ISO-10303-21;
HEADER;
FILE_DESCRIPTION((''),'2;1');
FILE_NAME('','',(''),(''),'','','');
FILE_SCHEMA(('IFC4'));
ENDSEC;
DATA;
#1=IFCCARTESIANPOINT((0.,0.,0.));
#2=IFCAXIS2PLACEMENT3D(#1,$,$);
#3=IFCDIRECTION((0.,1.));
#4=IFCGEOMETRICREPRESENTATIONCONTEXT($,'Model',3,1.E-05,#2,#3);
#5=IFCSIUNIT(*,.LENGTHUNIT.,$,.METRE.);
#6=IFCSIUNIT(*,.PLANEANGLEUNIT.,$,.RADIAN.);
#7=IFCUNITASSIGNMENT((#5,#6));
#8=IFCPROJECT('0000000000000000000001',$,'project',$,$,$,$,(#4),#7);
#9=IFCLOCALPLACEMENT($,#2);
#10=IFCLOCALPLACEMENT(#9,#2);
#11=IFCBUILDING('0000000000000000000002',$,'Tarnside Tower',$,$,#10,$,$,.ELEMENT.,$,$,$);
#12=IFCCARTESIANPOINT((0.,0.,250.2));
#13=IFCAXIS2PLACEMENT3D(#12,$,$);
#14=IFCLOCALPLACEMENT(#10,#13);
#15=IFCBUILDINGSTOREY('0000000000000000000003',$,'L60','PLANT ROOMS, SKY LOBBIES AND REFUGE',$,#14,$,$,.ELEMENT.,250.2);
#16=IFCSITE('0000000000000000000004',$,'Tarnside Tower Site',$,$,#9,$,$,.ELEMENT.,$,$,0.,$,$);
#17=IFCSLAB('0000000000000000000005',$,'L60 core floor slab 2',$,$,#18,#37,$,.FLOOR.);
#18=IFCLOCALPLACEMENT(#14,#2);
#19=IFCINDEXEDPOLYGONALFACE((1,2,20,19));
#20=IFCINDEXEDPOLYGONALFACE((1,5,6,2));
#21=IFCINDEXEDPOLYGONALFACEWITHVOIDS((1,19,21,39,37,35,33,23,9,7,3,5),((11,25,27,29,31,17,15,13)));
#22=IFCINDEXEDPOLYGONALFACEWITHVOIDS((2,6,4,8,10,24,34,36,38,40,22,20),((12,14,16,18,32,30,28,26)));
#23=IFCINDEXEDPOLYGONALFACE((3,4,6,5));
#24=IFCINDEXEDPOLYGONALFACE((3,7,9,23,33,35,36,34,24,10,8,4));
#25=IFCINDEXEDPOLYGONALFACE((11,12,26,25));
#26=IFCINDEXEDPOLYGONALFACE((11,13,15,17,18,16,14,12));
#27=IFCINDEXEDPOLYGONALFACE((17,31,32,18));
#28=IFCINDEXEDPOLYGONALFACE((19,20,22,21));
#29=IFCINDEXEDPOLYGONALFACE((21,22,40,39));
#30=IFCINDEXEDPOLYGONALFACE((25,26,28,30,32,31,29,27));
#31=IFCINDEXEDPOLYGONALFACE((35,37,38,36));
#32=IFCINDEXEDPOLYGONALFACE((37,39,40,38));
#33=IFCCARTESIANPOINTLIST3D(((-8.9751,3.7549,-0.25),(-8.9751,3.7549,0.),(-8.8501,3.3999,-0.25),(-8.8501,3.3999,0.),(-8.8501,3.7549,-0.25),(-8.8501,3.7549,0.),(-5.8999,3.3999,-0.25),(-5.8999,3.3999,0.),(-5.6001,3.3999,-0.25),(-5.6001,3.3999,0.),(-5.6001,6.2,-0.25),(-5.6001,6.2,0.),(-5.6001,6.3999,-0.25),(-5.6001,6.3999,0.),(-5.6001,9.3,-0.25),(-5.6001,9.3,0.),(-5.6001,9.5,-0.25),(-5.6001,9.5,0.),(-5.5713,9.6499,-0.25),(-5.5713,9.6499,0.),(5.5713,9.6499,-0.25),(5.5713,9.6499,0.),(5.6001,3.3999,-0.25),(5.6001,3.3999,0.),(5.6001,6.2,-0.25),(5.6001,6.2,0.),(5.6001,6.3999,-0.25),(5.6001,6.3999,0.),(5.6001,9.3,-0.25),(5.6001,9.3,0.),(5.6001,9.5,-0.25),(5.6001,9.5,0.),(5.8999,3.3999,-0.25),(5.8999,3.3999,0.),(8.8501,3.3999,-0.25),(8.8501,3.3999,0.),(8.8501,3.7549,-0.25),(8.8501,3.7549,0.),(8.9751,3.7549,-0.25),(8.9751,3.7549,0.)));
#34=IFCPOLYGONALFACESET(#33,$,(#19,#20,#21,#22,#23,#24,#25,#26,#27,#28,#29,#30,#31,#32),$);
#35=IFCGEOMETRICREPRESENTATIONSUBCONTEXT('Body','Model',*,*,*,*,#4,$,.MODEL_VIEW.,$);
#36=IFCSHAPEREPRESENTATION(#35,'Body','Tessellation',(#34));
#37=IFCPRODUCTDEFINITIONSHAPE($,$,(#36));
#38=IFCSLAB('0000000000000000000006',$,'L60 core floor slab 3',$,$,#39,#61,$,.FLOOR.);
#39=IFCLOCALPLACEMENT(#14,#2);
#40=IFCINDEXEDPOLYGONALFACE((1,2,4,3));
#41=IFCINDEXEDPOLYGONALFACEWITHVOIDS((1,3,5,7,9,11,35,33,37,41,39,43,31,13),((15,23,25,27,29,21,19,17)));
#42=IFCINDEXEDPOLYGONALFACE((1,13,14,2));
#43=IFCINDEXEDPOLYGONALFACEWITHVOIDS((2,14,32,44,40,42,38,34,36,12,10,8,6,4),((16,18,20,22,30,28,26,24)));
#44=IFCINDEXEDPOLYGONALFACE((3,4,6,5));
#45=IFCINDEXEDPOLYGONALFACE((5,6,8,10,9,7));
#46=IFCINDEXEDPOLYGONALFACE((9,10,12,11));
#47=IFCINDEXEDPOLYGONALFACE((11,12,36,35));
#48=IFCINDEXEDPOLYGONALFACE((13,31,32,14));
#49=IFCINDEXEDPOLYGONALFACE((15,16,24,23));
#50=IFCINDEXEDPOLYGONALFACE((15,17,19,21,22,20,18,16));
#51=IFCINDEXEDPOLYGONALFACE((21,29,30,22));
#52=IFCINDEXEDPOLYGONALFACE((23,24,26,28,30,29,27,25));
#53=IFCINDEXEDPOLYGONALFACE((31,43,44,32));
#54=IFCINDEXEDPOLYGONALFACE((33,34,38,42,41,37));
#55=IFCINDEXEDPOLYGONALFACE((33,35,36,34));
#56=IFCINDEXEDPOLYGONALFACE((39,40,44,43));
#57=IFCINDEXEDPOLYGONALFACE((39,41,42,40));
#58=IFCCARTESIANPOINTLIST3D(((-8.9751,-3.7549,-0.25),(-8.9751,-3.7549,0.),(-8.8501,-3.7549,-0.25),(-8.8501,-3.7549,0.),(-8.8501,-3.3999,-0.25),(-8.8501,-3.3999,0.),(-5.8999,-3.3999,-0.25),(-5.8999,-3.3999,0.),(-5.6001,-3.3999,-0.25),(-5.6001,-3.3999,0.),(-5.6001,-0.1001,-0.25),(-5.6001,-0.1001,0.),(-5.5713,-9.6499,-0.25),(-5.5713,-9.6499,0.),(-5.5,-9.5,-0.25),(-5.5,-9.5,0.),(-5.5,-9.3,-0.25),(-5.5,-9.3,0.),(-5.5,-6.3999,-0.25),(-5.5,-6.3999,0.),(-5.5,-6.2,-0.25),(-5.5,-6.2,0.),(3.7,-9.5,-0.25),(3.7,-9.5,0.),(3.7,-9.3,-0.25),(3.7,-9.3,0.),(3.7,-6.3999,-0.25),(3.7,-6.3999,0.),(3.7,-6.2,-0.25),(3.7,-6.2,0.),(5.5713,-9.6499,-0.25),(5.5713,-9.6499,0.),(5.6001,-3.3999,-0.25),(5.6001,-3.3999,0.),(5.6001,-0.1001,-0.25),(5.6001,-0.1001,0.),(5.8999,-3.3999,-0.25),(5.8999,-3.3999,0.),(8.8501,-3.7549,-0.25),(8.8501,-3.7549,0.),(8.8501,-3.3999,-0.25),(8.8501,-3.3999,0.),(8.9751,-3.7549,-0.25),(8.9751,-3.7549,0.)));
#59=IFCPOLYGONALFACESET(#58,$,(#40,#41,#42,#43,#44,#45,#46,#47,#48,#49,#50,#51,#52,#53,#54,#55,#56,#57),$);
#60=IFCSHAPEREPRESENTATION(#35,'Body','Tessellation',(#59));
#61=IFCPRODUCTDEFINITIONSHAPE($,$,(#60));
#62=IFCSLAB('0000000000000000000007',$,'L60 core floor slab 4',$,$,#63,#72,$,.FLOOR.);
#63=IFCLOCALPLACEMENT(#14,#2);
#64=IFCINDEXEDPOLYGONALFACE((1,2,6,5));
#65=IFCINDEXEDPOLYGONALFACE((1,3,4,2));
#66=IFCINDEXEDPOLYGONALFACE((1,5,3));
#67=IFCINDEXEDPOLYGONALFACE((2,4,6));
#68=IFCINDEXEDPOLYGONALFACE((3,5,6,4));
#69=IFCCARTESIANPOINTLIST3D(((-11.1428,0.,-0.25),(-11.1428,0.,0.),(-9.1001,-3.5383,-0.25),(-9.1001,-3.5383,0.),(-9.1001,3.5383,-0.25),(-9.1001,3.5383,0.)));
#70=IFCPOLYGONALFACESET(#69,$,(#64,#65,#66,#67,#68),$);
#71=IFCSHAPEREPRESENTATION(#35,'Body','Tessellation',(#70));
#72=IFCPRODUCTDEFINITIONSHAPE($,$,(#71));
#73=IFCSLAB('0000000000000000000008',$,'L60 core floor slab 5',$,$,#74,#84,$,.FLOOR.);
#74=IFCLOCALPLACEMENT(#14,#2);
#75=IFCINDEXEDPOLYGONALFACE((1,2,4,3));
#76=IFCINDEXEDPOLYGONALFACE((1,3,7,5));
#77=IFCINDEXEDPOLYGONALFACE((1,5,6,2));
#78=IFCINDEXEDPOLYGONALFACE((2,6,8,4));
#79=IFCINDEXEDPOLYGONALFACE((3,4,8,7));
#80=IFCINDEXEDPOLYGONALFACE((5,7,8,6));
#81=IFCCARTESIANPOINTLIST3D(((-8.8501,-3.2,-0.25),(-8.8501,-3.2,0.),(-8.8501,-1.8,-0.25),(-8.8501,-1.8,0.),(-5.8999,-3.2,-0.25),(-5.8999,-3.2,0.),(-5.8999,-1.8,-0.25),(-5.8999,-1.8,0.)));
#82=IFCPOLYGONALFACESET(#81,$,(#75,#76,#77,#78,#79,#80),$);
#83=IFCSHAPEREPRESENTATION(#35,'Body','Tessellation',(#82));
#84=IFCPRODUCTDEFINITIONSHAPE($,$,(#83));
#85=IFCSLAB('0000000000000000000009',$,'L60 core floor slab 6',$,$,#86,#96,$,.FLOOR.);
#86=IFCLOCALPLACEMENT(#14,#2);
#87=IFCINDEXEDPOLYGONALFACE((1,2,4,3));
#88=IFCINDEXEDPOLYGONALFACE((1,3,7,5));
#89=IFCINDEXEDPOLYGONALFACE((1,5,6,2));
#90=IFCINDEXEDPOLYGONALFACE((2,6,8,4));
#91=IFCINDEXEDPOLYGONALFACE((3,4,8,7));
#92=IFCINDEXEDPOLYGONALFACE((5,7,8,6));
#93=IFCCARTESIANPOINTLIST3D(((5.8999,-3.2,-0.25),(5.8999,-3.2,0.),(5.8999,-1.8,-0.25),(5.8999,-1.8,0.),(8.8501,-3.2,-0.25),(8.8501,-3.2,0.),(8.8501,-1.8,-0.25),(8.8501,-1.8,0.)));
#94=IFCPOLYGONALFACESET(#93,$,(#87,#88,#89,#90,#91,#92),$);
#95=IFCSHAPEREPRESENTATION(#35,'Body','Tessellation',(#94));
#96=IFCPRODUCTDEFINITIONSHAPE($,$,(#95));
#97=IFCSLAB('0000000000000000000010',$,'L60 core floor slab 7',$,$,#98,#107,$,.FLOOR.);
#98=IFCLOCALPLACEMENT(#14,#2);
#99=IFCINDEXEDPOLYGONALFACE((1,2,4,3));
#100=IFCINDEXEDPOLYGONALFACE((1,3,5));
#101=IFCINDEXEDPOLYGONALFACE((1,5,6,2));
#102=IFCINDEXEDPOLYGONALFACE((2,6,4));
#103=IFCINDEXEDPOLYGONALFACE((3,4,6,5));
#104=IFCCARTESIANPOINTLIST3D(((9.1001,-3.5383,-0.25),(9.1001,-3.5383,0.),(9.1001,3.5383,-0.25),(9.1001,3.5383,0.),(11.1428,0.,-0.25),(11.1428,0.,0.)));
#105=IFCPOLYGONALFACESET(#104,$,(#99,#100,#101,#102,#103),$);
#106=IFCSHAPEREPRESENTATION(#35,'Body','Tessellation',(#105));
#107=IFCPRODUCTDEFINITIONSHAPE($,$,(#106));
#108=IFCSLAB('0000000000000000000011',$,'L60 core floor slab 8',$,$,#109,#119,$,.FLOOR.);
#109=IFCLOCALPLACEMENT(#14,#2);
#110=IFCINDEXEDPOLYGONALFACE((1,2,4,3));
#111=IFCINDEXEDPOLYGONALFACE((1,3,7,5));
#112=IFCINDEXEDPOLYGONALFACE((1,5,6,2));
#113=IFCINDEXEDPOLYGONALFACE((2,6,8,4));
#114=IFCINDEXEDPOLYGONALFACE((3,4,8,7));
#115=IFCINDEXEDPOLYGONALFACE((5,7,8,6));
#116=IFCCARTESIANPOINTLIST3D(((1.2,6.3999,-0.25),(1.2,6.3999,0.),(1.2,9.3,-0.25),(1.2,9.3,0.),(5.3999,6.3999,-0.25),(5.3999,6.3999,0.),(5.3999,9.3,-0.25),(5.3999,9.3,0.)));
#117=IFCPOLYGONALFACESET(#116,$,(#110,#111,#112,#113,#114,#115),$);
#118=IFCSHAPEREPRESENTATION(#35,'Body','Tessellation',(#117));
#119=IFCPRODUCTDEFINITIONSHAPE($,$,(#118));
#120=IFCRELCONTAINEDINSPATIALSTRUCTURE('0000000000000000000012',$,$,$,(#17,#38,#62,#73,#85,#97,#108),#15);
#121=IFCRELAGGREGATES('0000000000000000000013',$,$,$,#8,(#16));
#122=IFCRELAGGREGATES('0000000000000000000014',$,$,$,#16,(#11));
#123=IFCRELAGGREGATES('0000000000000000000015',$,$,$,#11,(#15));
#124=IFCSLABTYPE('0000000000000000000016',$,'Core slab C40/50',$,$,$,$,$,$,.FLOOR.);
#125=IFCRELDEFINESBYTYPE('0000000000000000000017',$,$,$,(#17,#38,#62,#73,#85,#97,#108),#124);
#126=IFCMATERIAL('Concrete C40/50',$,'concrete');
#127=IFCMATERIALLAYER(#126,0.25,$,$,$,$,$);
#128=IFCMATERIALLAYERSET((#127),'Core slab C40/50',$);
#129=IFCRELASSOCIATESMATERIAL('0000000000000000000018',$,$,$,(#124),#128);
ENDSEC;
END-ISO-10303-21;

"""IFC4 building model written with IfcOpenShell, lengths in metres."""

from ifc_helpers import new_model, si_unit, direction, frame, origin, place, context, subcontext, project, spatial, polyline, outline, extrude, material, layer, layer_set, type_object, element, save


model = new_model("IFC4")

# Units and contexts
model_context = context("Model", 3, precision=1e-05, world=origin(), true_north=direction((0.0, 1.0)))
body_context = subcontext(model_context, "Body", "Model", "MODEL_VIEW")
ifc_project = project(units=[si_unit("LENGTHUNIT", "METRE"), si_unit("PLANEANGLEUNIT", "RADIAN")], contexts=[model_context])

# Site, building, storey
site_placement = place(None, origin())
site = spatial("IfcSite", under=ifc_project, at=site_placement, Name="Tarnside Tower Site", CompositionType="ELEMENT", RefElevation=0.0)
building_placement = place(site_placement, origin())
building = spatial("IfcBuilding", under=site, at=building_placement, Name="Tarnside Tower", CompositionType="ELEMENT")
storey_placement = place(building_placement, frame((0.0, 0.0, 250.2)))
storey = spatial("IfcBuildingStorey", under=building, at=storey_placement, Name="L60", Description="PLANT ROOMS, SKY LOBBIES AND REFUGE", CompositionType="ELEMENT", Elevation=250.2)

# Slabs
ifc_material_1 = material(Name="Concrete C40/50", Category="concrete")
ifc_layer_1 = layer(ifc_material_1, 0.25)
ifc_layer_set_1 = layer_set([ifc_layer_1], Name="Core slab C40/50")
slab_type_1 = type_object("IfcSlabType", Name="Core slab C40/50", PredefinedType="FLOOR", material=ifc_layer_set_1)
slab_1_placement = place(storey_placement, frame((0.0, 0.0, -0.25)))
element("IfcSlab", 1, at=slab_1_placement, inside=storey, type_object=slab_type_1, Name="L60 core floor slab 2", PredefinedType="FLOOR", context=body_context, shape_type="SweptSolid", body=[
    extrude(outline(polyline([(-8.9751, 3.7549), (-5.5713, 9.6499), (5.5713, 9.6499), (8.9751, 3.7549), (8.8501, 3.7549), (8.8501, 3.3999), (5.8999, 3.3999), (5.6001, 3.3999), (5.6001, 3.3999), (-5.6001, 3.3999), (-5.8999, 3.3999), (-8.8501, 3.3999), (-8.8501, 3.7549), (-8.9751, 3.7549)]), holes=[polyline([(-5.6001, 6.2), (5.6001, 6.2), (5.6001, 6.3999), (5.6001, 9.3), (5.6001, 9.5), (-5.6001, 9.5), (-5.6001, 9.3), (-5.6001, 6.3999), (-5.6001, 6.2)])]), origin(), (0.0, 0.0, 1.0), 0.25),
])
slab_2_placement = place(storey_placement, frame((0.0, 0.0, -0.25)))
element("IfcSlab", 2, at=slab_2_placement, inside=storey, type_object=slab_type_1, Name="L60 core floor slab 3", PredefinedType="FLOOR", context=body_context, shape_type="SweptSolid", body=[
    extrude(outline(polyline([(5.6001, -3.3999), (5.8999, -3.3999), (8.8501, -3.3999), (8.8501, -3.7549), (8.9751, -3.7549), (5.5713, -9.6499), (-5.5713, -9.6499), (-8.9751, -3.7549), (-8.8501, -3.7549), (-8.8501, -3.3999), (-5.8999, -3.3999), (-5.6001, -3.3999), (-5.6001, -0.1001), (5.6001, -0.1001), (5.6001, -3.3999)]), holes=[polyline([(-5.5, -9.3), (-5.5, -9.5), (3.7, -9.5), (3.7, -9.3), (3.7, -6.3999), (3.7, -6.2), (-5.5, -6.2), (-5.5, -6.3999), (-5.5, -9.3)])]), origin(), (0.0, 0.0, 1.0), 0.25),
])
slab_3_placement = place(storey_placement, frame((0.0, 0.0, -0.25)))
element("IfcSlab", 3, at=slab_3_placement, inside=storey, type_object=slab_type_1, Name="L60 core floor slab 4", PredefinedType="FLOOR", context=body_context, shape_type="SweptSolid", body=[
    extrude(outline(polyline([(-11.1428, 0.0), (-9.1001, 3.5383), (-9.1001, -3.5383), (-11.1428, 0.0)])), origin(), (0.0, 0.0, 1.0), 0.25),
])
slab_4_placement = place(storey_placement, frame((0.0, 0.0, -0.25)))
element("IfcSlab", 4, at=slab_4_placement, inside=storey, type_object=slab_type_1, Name="L60 core floor slab 5", PredefinedType="FLOOR", context=body_context, shape_type="SweptSolid", body=[
    extrude(outline(polyline([(-8.8501, -1.8), (-5.8999, -1.8), (-5.8999, -3.2), (-8.8501, -3.2), (-8.8501, -1.8)])), origin(), (0.0, 0.0, 1.0), 0.25),
])
slab_5_placement = place(storey_placement, frame((0.0, 0.0, -0.25)))
element("IfcSlab", 5, at=slab_5_placement, inside=storey, type_object=slab_type_1, Name="L60 core floor slab 6", PredefinedType="FLOOR", context=body_context, shape_type="SweptSolid", body=[
    extrude(outline(polyline([(5.8999, -3.2), (5.8999, -1.8), (8.8501, -1.8), (8.8501, -3.2), (5.8999, -3.2)])), origin(), (0.0, 0.0, 1.0), 0.25),
])
slab_6_placement = place(storey_placement, frame((0.0, 0.0, -0.25)))
element("IfcSlab", 6, at=slab_6_placement, inside=storey, type_object=slab_type_1, Name="L60 core floor slab 7", PredefinedType="FLOOR", context=body_context, shape_type="SweptSolid", body=[
    extrude(outline(polyline([(9.1001, -3.5383), (9.1001, 3.5383), (11.1428, 0.0), (9.1001, -3.5383)])), origin(), (0.0, 0.0, 1.0), 0.25),
])
slab_7_placement = place(storey_placement, frame((0.0, 0.0, -0.25)))
element("IfcSlab", 7, at=slab_7_placement, inside=storey, type_object=slab_type_1, Name="L60 core floor slab 8", PredefinedType="FLOOR", context=body_context, shape_type="SweptSolid", body=[
    extrude(outline(polyline([(5.3999, 9.3), (5.3999, 6.3999), (1.2, 6.3999), (1.2, 9.3), (5.3999, 9.3)])), origin(), (0.0, 0.0, 1.0), 0.25),
])

save(model, "model.ifc")
